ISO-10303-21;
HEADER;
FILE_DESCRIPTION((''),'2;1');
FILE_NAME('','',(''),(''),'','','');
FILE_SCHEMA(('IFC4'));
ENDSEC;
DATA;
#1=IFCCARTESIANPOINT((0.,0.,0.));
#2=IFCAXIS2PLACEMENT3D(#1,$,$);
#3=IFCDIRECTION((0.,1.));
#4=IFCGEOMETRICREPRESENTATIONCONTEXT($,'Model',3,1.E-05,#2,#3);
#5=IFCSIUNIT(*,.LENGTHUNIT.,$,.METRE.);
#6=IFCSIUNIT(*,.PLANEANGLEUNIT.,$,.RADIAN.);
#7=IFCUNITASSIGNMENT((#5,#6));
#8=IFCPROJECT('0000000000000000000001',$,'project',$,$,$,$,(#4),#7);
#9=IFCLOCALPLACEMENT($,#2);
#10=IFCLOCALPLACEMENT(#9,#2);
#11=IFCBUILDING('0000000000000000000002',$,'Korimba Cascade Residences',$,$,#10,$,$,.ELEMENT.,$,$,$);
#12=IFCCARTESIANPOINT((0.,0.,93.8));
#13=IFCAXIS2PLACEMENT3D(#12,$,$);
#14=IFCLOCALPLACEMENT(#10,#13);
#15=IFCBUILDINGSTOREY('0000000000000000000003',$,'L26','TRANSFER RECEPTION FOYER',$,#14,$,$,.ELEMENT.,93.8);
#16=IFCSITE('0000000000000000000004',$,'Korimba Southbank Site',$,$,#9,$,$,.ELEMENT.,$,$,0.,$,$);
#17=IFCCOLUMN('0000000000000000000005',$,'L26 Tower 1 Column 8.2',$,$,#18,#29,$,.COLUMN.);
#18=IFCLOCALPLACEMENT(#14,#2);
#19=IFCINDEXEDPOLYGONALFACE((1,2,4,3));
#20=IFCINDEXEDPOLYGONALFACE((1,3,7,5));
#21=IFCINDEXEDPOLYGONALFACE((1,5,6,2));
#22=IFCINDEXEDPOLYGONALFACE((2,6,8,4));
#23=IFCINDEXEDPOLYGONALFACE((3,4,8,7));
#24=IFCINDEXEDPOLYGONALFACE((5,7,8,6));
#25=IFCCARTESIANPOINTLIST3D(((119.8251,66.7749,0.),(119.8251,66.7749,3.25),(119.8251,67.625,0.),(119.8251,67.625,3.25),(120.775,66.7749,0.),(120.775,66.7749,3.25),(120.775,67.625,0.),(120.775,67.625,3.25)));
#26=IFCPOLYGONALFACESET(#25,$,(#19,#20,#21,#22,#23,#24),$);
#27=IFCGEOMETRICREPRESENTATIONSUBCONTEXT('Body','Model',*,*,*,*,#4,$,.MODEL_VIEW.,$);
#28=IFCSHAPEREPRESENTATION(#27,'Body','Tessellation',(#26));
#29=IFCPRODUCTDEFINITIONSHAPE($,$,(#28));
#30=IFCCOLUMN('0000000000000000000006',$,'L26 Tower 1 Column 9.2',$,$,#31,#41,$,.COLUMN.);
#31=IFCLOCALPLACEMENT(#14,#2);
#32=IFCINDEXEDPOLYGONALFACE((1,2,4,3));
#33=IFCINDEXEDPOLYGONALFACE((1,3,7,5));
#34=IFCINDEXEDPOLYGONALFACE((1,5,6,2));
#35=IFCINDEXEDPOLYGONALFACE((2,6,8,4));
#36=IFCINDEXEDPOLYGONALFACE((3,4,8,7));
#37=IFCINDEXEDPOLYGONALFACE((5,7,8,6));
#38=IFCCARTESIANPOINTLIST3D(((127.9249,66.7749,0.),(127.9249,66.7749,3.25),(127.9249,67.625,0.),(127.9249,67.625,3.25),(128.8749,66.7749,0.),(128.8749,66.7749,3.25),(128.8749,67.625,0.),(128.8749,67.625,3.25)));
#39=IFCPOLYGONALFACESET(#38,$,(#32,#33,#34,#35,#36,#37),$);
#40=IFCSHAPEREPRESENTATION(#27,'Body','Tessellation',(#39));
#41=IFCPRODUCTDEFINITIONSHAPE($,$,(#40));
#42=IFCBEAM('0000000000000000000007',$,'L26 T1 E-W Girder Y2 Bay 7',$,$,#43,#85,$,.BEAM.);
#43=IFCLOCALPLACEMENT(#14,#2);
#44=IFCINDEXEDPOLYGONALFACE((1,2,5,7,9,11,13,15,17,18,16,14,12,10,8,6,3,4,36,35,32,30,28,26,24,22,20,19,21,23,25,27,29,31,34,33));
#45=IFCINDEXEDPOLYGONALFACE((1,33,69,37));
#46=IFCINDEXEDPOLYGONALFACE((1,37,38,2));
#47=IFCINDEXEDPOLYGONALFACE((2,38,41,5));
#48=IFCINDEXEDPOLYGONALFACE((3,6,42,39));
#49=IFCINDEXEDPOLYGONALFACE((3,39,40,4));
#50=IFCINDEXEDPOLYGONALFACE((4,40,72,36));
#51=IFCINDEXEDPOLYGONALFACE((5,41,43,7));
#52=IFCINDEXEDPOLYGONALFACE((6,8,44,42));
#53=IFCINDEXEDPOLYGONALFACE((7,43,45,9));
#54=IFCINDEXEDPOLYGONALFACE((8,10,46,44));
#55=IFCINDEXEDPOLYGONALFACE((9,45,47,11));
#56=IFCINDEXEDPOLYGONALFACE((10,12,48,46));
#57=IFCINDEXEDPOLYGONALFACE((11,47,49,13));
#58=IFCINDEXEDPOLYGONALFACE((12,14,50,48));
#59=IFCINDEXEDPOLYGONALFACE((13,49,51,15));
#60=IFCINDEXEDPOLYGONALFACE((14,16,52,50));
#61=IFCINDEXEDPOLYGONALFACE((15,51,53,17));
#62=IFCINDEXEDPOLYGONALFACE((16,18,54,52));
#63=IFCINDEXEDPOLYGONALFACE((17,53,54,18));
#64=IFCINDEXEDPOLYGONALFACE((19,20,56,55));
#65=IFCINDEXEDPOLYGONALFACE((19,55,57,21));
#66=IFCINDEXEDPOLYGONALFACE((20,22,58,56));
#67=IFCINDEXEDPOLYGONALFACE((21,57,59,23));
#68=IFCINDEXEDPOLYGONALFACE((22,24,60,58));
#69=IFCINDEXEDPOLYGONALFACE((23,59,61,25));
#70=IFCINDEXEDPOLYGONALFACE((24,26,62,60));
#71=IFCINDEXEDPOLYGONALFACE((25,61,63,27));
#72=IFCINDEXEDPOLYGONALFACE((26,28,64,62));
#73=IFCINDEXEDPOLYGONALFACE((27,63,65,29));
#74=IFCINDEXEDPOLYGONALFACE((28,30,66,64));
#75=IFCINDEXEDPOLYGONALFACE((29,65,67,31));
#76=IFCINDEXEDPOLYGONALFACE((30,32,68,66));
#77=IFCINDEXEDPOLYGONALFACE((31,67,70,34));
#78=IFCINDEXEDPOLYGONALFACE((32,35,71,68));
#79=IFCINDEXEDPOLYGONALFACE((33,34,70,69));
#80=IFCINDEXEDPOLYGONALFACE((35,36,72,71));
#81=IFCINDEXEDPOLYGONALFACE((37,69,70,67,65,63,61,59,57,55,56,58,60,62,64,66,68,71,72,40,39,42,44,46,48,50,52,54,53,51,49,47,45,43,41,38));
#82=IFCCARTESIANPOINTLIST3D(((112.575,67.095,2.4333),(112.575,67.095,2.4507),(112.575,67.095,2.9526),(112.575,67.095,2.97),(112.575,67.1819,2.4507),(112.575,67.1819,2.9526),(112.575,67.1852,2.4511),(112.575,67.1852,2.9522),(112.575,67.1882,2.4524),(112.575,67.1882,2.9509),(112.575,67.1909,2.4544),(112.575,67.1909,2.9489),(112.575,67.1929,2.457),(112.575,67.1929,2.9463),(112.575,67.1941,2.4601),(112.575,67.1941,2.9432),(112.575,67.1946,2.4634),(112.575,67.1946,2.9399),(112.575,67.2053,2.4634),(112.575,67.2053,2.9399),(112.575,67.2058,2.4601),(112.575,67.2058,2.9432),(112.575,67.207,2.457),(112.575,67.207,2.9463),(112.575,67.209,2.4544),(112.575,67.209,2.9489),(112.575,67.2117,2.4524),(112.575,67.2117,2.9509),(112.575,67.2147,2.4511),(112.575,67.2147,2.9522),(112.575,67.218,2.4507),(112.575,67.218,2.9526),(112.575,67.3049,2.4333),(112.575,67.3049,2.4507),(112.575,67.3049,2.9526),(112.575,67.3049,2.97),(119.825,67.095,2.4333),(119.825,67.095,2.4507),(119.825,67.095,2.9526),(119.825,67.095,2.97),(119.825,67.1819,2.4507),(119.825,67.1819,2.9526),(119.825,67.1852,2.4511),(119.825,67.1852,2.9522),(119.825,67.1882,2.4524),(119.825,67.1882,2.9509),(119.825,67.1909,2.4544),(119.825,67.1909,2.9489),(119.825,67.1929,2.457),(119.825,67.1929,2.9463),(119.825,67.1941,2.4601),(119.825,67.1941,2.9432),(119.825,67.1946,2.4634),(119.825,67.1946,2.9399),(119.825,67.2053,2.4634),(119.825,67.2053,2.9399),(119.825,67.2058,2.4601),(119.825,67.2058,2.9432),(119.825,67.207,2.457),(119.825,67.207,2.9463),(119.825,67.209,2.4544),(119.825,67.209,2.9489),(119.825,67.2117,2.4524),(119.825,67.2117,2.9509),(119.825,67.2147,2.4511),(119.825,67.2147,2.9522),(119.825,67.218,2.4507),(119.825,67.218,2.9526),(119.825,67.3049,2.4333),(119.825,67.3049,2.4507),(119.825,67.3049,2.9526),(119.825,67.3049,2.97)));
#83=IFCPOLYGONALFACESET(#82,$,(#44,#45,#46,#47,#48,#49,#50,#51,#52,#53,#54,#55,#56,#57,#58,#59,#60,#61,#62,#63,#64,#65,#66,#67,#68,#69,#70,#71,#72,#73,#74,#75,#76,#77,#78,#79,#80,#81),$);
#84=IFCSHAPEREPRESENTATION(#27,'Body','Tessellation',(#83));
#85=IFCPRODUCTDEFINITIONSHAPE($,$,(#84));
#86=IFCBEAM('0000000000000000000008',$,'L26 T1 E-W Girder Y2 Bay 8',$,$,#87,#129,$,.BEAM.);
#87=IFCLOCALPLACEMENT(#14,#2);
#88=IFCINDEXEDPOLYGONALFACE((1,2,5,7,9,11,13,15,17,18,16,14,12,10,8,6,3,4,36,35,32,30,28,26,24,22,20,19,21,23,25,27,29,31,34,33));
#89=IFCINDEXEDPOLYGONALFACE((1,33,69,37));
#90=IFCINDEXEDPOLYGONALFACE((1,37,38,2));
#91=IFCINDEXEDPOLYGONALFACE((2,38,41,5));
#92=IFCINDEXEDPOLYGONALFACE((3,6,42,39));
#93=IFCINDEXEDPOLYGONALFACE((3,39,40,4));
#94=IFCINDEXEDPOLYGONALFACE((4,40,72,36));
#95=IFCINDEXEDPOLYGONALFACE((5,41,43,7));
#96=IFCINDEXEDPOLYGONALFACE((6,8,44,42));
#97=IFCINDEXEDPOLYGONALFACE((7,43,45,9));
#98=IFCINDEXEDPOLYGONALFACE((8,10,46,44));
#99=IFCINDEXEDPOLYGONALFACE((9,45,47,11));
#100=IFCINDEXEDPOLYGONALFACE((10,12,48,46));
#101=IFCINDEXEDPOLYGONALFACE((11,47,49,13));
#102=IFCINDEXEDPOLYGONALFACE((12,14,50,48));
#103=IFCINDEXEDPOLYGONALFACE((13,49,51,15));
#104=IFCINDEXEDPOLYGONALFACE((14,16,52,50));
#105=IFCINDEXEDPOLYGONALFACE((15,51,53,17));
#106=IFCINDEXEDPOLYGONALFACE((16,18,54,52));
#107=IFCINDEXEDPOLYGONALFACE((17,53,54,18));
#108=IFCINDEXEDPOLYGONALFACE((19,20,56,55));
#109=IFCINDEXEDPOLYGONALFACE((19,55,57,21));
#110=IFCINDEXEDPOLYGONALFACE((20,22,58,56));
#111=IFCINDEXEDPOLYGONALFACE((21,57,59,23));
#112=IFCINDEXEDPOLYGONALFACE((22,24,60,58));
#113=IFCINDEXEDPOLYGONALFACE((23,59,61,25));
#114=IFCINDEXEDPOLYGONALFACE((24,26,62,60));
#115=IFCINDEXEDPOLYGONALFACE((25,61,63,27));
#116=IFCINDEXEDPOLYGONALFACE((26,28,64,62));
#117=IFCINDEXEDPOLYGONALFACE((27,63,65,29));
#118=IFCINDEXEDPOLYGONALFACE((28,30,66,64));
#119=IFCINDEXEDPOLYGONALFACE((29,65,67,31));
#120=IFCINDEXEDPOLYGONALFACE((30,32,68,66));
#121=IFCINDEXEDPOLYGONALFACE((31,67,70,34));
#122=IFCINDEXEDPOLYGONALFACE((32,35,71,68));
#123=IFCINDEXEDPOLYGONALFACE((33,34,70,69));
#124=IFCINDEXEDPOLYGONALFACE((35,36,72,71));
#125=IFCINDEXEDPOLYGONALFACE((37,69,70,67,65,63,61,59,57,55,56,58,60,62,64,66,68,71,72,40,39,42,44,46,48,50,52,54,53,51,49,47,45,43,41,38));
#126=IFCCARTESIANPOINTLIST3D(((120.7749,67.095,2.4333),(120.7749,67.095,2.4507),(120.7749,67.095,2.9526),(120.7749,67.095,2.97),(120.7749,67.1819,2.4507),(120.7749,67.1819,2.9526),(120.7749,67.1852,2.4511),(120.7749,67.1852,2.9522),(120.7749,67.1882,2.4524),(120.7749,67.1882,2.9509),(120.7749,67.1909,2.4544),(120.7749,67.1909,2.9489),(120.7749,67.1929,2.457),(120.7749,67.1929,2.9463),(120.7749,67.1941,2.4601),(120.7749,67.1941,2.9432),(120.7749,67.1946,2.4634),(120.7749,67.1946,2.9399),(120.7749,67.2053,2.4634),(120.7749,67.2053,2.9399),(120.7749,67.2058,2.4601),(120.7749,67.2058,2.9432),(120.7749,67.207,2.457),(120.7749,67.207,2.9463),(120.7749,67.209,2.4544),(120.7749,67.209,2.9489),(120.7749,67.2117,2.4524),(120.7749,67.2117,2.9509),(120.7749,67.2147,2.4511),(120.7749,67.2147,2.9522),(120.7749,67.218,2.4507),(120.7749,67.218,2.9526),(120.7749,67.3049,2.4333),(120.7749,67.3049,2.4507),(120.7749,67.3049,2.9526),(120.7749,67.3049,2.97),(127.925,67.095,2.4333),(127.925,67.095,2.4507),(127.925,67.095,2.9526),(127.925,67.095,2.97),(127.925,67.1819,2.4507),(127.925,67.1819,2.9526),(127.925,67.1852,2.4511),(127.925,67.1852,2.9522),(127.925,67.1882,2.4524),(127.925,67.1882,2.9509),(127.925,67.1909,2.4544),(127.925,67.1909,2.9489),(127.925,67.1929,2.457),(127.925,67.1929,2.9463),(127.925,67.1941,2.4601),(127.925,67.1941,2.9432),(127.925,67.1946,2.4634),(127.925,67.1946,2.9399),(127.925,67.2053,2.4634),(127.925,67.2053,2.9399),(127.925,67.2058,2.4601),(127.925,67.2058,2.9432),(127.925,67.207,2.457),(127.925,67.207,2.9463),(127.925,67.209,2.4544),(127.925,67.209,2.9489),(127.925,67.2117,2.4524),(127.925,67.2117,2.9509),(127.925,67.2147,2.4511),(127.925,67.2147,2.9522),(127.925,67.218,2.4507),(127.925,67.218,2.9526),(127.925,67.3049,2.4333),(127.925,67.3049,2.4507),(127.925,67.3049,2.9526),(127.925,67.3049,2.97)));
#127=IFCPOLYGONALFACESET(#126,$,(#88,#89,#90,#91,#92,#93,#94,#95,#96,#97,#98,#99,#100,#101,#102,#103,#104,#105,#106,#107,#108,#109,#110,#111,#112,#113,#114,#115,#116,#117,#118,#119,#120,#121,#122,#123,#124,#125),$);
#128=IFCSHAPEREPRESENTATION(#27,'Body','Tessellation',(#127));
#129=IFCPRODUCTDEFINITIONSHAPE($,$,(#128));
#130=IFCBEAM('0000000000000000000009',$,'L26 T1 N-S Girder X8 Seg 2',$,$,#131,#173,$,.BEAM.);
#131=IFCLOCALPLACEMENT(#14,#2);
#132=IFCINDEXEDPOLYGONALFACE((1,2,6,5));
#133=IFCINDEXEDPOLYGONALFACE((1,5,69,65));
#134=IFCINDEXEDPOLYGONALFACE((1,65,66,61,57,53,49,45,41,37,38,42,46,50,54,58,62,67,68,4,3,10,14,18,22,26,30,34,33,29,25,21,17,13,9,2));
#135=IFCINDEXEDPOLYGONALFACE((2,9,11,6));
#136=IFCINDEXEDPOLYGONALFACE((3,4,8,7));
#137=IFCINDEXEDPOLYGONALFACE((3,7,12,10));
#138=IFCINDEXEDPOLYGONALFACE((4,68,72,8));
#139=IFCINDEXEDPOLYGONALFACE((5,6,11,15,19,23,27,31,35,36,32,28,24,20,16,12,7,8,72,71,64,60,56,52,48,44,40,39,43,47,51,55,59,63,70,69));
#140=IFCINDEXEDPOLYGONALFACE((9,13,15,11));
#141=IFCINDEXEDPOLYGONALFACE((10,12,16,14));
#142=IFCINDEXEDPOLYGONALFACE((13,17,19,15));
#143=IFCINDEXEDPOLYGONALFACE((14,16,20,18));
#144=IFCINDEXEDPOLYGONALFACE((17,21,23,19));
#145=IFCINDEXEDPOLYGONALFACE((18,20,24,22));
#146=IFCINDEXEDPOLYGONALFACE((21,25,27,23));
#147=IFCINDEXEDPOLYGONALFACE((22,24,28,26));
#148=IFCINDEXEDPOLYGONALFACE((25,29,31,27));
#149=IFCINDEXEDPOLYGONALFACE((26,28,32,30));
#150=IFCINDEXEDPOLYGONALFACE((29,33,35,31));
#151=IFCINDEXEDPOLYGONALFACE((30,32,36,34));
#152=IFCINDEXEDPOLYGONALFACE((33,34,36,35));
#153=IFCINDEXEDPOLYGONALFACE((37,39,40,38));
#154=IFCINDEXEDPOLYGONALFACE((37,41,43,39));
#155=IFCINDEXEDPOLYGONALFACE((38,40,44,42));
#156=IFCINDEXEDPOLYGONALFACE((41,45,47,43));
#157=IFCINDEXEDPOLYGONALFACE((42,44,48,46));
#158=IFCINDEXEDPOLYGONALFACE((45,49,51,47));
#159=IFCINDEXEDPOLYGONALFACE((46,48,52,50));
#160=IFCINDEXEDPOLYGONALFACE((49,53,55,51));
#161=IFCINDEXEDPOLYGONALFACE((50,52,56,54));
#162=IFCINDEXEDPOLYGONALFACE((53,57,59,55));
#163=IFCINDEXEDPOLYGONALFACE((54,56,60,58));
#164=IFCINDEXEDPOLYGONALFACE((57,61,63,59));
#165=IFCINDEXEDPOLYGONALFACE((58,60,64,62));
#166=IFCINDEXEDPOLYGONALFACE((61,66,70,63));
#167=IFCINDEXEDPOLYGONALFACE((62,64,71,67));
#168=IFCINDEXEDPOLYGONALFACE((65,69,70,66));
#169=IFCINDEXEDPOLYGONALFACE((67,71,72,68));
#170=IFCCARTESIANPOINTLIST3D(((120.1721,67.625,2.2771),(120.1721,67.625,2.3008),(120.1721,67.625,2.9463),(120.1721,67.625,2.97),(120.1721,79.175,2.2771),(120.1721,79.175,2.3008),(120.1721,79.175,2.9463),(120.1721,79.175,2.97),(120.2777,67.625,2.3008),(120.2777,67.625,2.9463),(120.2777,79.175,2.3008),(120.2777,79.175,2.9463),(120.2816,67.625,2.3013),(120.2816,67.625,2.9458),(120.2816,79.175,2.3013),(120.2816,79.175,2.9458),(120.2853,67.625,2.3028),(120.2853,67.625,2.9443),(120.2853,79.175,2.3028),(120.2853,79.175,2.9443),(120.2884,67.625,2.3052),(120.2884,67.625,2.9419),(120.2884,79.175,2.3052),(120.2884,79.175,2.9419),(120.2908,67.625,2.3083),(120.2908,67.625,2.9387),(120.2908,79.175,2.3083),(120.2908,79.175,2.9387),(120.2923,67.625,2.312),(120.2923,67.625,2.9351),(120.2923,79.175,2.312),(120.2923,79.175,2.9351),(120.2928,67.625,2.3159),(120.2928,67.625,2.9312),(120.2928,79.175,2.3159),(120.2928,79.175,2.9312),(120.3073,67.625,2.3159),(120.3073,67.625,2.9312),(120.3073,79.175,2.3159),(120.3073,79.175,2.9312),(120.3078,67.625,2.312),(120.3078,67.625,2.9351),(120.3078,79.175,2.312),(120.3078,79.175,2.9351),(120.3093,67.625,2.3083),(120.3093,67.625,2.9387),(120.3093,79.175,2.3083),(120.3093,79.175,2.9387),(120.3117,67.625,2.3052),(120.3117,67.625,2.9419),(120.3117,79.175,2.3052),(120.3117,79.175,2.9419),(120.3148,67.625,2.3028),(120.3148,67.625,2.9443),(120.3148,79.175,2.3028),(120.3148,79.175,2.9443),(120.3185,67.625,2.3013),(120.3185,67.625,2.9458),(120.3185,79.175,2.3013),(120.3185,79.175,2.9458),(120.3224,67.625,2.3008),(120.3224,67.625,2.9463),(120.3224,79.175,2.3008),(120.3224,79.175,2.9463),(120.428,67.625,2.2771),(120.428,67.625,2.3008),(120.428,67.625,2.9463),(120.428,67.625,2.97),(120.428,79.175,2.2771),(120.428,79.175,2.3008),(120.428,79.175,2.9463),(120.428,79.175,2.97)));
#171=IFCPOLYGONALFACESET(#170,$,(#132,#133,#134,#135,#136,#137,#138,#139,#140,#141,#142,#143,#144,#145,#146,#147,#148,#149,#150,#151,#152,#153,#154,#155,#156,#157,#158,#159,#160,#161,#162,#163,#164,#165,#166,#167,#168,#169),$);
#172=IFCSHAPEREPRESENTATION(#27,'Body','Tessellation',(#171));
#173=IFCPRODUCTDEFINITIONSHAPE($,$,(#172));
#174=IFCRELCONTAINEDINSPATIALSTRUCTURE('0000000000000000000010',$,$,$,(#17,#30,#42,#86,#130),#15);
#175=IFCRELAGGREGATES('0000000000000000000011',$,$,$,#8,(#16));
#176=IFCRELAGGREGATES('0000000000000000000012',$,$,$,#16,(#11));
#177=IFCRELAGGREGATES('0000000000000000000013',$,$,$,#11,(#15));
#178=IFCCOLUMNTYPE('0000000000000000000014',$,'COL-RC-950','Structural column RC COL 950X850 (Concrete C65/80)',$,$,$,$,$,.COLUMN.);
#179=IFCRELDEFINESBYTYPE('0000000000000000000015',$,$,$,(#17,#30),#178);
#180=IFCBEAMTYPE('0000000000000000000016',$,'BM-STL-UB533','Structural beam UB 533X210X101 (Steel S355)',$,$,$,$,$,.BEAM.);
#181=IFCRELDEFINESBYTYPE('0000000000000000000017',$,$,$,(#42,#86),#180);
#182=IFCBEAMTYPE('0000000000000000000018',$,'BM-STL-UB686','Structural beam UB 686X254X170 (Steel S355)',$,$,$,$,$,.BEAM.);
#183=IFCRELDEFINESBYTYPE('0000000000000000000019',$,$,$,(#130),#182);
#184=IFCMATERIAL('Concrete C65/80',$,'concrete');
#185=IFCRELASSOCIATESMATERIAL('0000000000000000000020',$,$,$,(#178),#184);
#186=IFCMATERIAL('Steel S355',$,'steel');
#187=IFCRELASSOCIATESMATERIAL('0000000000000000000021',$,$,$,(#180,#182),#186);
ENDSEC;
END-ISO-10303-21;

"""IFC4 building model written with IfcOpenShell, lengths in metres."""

from ifc_helpers import new_model, si_unit, direction, frame, origin, origin_2d, place, context, subcontext, project, spatial, rectangle, i_section, extrude, material, material_profile, profile_set, type_object, element, save


model = new_model("IFC4")

# Units and contexts
model_context = context("Model", 3, precision=1e-05, world=origin(), true_north=direction((0.0, 1.0)))
body_context = subcontext(model_context, "Body", "Model", "MODEL_VIEW")
ifc_project = project(units=[si_unit("LENGTHUNIT", "METRE"), si_unit("PLANEANGLEUNIT", "RADIAN")], contexts=[model_context])

# Site, building, storey
site_placement = place(None, origin())
site = spatial("IfcSite", under=ifc_project, at=site_placement, Name="Korimba Southbank Site", CompositionType="ELEMENT", RefElevation=0.0)
building_placement = place(site_placement, origin())
building = spatial("IfcBuilding", under=site, at=building_placement, Name="Korimba Cascade Residences", CompositionType="ELEMENT")
storey_placement = place(building_placement, frame((0.0, 0.0, 93.8)))
storey = spatial("IfcBuildingStorey", under=building, at=storey_placement, Name="L26", Description="TRANSFER RECEPTION FOYER", CompositionType="ELEMENT", Elevation=93.8)

# Columns
ifc_material_1 = material(Name="Concrete C65/80", Category="concrete")
ifc_material_profile_1 = material_profile(ifc_material_1, rectangle(XDim=0.95, YDim=0.8501, at=origin_2d()), Name="Concrete C65/80")
ifc_profile_set_1 = profile_set([ifc_material_profile_1], Name="Concrete C65/80")
column_type = type_object("IfcColumnType", Name="COL-RC-950", Description="Structural column RC COL 950X850 (Concrete C65/80)", PredefinedType="COLUMN", material=ifc_profile_set_1)
for number, where, z_axis, x_axis, name in (
    (1, (120.3, 67.2, 0.0), (0.0, 0.0, 1.0), (1.0, 0.0, 0.0), "L26 Tower 1 Column 8.2"),
    (2, (128.3999, 67.2, 0.0), (0.0, 0.0, 1.0), (1.0, 0.0, 0.0), "L26 Tower 1 Column 9.2"),
):
    element("IfcColumn", number, at=place(storey_placement, frame(where, z_axis=z_axis, x_axis=x_axis)), inside=storey, type_object=column_type, Name=name, PredefinedType="COLUMN", context=body_context, shape_type="SweptSolid", body=[
        extrude(rectangle(XDim=0.95, YDim=0.8501, at=origin_2d()), origin(), (0.0, 0.0, 1.0), 3.25),
    ])

# Beams
ifc_material_2 = material(Name="Steel S355", Category="steel")
ifc_material_profile_2 = material_profile(ifc_material_2, i_section(OverallWidth=0.21, OverallDepth=0.5366, WebThickness=0.0107, FlangeThickness=0.0173, FilletRadius=0.0127, at=origin_2d()), Name="Steel S355")
ifc_profile_set_2 = profile_set([ifc_material_profile_2], Name="Steel S355")
beam_type_1 = type_object("IfcBeamType", Name="BM-STL-UB533", Description="Structural beam UB 533X210X101 (Steel S355)", PredefinedType="BEAM", material=ifc_profile_set_2)
beam_1_placement = place(storey_placement, frame((112.575, 67.2, 2.7017), z_axis=(1.0, 0.0, 0.0), x_axis=(0.0, 1.0, 0.0)))
element("IfcBeam", 3, at=beam_1_placement, inside=storey, type_object=beam_type_1, Name="L26 T1 E-W Girder Y2 Bay 7", PredefinedType="BEAM", context=body_context, shape_type="SweptSolid", body=[
    extrude(i_section(OverallWidth=0.21, OverallDepth=0.5366, WebThickness=0.0107, FlangeThickness=0.0173, FilletRadius=0.0127, at=origin_2d()), origin(), (0.0, 0.0, 1.0), 7.25),
])
beam_2_placement = place(storey_placement, frame((120.7749, 67.2, 2.7017), z_axis=(1.0, 0.0, 0.0), x_axis=(0.0, 1.0, 0.0)))
element("IfcBeam", 4, at=beam_2_placement, inside=storey, type_object=beam_type_1, Name="L26 T1 E-W Girder Y2 Bay 8", PredefinedType="BEAM", context=body_context, shape_type="SweptSolid", body=[
    extrude(i_section(OverallWidth=0.21, OverallDepth=0.5366, WebThickness=0.0107, FlangeThickness=0.0173, FilletRadius=0.0127, at=origin_2d()), origin(), (0.0, 0.0, 1.0), 7.1501),
])
ifc_material_profile_3 = material_profile(ifc_material_2, i_section(OverallWidth=0.2559, OverallDepth=0.6929, WebThickness=0.0144, FlangeThickness=0.0237, FilletRadius=0.0151, at=origin_2d()), Name="Steel S355")
ifc_profile_set_3 = profile_set([ifc_material_profile_3], Name="Steel S355")
beam_type_2 = type_object("IfcBeamType", Name="BM-STL-UB686", Description="Structural beam UB 686X254X170 (Steel S355)", PredefinedType="BEAM", material=ifc_profile_set_3)
for number, where, z_axis, x_axis, name in (
    (5, (120.3, 67.625, 2.6235), (0.0, 1.0, 0.0), (-1.0, 0.0, 0.0), "L26 T1 N-S Girder X8 Seg 2"),
):
    element("IfcBeam", number, at=place(storey_placement, frame(where, z_axis=z_axis, x_axis=x_axis)), inside=storey, type_object=beam_type_2, Name=name, PredefinedType="BEAM", context=body_context, shape_type="SweptSolid", body=[
        extrude(i_section(OverallWidth=0.2559, OverallDepth=0.6929, WebThickness=0.0144, FlangeThickness=0.0237, FilletRadius=0.0151, at=origin_2d()), origin(), (0.0, 0.0, 1.0), 11.55),
    ])

save(model, "model.ifc")
